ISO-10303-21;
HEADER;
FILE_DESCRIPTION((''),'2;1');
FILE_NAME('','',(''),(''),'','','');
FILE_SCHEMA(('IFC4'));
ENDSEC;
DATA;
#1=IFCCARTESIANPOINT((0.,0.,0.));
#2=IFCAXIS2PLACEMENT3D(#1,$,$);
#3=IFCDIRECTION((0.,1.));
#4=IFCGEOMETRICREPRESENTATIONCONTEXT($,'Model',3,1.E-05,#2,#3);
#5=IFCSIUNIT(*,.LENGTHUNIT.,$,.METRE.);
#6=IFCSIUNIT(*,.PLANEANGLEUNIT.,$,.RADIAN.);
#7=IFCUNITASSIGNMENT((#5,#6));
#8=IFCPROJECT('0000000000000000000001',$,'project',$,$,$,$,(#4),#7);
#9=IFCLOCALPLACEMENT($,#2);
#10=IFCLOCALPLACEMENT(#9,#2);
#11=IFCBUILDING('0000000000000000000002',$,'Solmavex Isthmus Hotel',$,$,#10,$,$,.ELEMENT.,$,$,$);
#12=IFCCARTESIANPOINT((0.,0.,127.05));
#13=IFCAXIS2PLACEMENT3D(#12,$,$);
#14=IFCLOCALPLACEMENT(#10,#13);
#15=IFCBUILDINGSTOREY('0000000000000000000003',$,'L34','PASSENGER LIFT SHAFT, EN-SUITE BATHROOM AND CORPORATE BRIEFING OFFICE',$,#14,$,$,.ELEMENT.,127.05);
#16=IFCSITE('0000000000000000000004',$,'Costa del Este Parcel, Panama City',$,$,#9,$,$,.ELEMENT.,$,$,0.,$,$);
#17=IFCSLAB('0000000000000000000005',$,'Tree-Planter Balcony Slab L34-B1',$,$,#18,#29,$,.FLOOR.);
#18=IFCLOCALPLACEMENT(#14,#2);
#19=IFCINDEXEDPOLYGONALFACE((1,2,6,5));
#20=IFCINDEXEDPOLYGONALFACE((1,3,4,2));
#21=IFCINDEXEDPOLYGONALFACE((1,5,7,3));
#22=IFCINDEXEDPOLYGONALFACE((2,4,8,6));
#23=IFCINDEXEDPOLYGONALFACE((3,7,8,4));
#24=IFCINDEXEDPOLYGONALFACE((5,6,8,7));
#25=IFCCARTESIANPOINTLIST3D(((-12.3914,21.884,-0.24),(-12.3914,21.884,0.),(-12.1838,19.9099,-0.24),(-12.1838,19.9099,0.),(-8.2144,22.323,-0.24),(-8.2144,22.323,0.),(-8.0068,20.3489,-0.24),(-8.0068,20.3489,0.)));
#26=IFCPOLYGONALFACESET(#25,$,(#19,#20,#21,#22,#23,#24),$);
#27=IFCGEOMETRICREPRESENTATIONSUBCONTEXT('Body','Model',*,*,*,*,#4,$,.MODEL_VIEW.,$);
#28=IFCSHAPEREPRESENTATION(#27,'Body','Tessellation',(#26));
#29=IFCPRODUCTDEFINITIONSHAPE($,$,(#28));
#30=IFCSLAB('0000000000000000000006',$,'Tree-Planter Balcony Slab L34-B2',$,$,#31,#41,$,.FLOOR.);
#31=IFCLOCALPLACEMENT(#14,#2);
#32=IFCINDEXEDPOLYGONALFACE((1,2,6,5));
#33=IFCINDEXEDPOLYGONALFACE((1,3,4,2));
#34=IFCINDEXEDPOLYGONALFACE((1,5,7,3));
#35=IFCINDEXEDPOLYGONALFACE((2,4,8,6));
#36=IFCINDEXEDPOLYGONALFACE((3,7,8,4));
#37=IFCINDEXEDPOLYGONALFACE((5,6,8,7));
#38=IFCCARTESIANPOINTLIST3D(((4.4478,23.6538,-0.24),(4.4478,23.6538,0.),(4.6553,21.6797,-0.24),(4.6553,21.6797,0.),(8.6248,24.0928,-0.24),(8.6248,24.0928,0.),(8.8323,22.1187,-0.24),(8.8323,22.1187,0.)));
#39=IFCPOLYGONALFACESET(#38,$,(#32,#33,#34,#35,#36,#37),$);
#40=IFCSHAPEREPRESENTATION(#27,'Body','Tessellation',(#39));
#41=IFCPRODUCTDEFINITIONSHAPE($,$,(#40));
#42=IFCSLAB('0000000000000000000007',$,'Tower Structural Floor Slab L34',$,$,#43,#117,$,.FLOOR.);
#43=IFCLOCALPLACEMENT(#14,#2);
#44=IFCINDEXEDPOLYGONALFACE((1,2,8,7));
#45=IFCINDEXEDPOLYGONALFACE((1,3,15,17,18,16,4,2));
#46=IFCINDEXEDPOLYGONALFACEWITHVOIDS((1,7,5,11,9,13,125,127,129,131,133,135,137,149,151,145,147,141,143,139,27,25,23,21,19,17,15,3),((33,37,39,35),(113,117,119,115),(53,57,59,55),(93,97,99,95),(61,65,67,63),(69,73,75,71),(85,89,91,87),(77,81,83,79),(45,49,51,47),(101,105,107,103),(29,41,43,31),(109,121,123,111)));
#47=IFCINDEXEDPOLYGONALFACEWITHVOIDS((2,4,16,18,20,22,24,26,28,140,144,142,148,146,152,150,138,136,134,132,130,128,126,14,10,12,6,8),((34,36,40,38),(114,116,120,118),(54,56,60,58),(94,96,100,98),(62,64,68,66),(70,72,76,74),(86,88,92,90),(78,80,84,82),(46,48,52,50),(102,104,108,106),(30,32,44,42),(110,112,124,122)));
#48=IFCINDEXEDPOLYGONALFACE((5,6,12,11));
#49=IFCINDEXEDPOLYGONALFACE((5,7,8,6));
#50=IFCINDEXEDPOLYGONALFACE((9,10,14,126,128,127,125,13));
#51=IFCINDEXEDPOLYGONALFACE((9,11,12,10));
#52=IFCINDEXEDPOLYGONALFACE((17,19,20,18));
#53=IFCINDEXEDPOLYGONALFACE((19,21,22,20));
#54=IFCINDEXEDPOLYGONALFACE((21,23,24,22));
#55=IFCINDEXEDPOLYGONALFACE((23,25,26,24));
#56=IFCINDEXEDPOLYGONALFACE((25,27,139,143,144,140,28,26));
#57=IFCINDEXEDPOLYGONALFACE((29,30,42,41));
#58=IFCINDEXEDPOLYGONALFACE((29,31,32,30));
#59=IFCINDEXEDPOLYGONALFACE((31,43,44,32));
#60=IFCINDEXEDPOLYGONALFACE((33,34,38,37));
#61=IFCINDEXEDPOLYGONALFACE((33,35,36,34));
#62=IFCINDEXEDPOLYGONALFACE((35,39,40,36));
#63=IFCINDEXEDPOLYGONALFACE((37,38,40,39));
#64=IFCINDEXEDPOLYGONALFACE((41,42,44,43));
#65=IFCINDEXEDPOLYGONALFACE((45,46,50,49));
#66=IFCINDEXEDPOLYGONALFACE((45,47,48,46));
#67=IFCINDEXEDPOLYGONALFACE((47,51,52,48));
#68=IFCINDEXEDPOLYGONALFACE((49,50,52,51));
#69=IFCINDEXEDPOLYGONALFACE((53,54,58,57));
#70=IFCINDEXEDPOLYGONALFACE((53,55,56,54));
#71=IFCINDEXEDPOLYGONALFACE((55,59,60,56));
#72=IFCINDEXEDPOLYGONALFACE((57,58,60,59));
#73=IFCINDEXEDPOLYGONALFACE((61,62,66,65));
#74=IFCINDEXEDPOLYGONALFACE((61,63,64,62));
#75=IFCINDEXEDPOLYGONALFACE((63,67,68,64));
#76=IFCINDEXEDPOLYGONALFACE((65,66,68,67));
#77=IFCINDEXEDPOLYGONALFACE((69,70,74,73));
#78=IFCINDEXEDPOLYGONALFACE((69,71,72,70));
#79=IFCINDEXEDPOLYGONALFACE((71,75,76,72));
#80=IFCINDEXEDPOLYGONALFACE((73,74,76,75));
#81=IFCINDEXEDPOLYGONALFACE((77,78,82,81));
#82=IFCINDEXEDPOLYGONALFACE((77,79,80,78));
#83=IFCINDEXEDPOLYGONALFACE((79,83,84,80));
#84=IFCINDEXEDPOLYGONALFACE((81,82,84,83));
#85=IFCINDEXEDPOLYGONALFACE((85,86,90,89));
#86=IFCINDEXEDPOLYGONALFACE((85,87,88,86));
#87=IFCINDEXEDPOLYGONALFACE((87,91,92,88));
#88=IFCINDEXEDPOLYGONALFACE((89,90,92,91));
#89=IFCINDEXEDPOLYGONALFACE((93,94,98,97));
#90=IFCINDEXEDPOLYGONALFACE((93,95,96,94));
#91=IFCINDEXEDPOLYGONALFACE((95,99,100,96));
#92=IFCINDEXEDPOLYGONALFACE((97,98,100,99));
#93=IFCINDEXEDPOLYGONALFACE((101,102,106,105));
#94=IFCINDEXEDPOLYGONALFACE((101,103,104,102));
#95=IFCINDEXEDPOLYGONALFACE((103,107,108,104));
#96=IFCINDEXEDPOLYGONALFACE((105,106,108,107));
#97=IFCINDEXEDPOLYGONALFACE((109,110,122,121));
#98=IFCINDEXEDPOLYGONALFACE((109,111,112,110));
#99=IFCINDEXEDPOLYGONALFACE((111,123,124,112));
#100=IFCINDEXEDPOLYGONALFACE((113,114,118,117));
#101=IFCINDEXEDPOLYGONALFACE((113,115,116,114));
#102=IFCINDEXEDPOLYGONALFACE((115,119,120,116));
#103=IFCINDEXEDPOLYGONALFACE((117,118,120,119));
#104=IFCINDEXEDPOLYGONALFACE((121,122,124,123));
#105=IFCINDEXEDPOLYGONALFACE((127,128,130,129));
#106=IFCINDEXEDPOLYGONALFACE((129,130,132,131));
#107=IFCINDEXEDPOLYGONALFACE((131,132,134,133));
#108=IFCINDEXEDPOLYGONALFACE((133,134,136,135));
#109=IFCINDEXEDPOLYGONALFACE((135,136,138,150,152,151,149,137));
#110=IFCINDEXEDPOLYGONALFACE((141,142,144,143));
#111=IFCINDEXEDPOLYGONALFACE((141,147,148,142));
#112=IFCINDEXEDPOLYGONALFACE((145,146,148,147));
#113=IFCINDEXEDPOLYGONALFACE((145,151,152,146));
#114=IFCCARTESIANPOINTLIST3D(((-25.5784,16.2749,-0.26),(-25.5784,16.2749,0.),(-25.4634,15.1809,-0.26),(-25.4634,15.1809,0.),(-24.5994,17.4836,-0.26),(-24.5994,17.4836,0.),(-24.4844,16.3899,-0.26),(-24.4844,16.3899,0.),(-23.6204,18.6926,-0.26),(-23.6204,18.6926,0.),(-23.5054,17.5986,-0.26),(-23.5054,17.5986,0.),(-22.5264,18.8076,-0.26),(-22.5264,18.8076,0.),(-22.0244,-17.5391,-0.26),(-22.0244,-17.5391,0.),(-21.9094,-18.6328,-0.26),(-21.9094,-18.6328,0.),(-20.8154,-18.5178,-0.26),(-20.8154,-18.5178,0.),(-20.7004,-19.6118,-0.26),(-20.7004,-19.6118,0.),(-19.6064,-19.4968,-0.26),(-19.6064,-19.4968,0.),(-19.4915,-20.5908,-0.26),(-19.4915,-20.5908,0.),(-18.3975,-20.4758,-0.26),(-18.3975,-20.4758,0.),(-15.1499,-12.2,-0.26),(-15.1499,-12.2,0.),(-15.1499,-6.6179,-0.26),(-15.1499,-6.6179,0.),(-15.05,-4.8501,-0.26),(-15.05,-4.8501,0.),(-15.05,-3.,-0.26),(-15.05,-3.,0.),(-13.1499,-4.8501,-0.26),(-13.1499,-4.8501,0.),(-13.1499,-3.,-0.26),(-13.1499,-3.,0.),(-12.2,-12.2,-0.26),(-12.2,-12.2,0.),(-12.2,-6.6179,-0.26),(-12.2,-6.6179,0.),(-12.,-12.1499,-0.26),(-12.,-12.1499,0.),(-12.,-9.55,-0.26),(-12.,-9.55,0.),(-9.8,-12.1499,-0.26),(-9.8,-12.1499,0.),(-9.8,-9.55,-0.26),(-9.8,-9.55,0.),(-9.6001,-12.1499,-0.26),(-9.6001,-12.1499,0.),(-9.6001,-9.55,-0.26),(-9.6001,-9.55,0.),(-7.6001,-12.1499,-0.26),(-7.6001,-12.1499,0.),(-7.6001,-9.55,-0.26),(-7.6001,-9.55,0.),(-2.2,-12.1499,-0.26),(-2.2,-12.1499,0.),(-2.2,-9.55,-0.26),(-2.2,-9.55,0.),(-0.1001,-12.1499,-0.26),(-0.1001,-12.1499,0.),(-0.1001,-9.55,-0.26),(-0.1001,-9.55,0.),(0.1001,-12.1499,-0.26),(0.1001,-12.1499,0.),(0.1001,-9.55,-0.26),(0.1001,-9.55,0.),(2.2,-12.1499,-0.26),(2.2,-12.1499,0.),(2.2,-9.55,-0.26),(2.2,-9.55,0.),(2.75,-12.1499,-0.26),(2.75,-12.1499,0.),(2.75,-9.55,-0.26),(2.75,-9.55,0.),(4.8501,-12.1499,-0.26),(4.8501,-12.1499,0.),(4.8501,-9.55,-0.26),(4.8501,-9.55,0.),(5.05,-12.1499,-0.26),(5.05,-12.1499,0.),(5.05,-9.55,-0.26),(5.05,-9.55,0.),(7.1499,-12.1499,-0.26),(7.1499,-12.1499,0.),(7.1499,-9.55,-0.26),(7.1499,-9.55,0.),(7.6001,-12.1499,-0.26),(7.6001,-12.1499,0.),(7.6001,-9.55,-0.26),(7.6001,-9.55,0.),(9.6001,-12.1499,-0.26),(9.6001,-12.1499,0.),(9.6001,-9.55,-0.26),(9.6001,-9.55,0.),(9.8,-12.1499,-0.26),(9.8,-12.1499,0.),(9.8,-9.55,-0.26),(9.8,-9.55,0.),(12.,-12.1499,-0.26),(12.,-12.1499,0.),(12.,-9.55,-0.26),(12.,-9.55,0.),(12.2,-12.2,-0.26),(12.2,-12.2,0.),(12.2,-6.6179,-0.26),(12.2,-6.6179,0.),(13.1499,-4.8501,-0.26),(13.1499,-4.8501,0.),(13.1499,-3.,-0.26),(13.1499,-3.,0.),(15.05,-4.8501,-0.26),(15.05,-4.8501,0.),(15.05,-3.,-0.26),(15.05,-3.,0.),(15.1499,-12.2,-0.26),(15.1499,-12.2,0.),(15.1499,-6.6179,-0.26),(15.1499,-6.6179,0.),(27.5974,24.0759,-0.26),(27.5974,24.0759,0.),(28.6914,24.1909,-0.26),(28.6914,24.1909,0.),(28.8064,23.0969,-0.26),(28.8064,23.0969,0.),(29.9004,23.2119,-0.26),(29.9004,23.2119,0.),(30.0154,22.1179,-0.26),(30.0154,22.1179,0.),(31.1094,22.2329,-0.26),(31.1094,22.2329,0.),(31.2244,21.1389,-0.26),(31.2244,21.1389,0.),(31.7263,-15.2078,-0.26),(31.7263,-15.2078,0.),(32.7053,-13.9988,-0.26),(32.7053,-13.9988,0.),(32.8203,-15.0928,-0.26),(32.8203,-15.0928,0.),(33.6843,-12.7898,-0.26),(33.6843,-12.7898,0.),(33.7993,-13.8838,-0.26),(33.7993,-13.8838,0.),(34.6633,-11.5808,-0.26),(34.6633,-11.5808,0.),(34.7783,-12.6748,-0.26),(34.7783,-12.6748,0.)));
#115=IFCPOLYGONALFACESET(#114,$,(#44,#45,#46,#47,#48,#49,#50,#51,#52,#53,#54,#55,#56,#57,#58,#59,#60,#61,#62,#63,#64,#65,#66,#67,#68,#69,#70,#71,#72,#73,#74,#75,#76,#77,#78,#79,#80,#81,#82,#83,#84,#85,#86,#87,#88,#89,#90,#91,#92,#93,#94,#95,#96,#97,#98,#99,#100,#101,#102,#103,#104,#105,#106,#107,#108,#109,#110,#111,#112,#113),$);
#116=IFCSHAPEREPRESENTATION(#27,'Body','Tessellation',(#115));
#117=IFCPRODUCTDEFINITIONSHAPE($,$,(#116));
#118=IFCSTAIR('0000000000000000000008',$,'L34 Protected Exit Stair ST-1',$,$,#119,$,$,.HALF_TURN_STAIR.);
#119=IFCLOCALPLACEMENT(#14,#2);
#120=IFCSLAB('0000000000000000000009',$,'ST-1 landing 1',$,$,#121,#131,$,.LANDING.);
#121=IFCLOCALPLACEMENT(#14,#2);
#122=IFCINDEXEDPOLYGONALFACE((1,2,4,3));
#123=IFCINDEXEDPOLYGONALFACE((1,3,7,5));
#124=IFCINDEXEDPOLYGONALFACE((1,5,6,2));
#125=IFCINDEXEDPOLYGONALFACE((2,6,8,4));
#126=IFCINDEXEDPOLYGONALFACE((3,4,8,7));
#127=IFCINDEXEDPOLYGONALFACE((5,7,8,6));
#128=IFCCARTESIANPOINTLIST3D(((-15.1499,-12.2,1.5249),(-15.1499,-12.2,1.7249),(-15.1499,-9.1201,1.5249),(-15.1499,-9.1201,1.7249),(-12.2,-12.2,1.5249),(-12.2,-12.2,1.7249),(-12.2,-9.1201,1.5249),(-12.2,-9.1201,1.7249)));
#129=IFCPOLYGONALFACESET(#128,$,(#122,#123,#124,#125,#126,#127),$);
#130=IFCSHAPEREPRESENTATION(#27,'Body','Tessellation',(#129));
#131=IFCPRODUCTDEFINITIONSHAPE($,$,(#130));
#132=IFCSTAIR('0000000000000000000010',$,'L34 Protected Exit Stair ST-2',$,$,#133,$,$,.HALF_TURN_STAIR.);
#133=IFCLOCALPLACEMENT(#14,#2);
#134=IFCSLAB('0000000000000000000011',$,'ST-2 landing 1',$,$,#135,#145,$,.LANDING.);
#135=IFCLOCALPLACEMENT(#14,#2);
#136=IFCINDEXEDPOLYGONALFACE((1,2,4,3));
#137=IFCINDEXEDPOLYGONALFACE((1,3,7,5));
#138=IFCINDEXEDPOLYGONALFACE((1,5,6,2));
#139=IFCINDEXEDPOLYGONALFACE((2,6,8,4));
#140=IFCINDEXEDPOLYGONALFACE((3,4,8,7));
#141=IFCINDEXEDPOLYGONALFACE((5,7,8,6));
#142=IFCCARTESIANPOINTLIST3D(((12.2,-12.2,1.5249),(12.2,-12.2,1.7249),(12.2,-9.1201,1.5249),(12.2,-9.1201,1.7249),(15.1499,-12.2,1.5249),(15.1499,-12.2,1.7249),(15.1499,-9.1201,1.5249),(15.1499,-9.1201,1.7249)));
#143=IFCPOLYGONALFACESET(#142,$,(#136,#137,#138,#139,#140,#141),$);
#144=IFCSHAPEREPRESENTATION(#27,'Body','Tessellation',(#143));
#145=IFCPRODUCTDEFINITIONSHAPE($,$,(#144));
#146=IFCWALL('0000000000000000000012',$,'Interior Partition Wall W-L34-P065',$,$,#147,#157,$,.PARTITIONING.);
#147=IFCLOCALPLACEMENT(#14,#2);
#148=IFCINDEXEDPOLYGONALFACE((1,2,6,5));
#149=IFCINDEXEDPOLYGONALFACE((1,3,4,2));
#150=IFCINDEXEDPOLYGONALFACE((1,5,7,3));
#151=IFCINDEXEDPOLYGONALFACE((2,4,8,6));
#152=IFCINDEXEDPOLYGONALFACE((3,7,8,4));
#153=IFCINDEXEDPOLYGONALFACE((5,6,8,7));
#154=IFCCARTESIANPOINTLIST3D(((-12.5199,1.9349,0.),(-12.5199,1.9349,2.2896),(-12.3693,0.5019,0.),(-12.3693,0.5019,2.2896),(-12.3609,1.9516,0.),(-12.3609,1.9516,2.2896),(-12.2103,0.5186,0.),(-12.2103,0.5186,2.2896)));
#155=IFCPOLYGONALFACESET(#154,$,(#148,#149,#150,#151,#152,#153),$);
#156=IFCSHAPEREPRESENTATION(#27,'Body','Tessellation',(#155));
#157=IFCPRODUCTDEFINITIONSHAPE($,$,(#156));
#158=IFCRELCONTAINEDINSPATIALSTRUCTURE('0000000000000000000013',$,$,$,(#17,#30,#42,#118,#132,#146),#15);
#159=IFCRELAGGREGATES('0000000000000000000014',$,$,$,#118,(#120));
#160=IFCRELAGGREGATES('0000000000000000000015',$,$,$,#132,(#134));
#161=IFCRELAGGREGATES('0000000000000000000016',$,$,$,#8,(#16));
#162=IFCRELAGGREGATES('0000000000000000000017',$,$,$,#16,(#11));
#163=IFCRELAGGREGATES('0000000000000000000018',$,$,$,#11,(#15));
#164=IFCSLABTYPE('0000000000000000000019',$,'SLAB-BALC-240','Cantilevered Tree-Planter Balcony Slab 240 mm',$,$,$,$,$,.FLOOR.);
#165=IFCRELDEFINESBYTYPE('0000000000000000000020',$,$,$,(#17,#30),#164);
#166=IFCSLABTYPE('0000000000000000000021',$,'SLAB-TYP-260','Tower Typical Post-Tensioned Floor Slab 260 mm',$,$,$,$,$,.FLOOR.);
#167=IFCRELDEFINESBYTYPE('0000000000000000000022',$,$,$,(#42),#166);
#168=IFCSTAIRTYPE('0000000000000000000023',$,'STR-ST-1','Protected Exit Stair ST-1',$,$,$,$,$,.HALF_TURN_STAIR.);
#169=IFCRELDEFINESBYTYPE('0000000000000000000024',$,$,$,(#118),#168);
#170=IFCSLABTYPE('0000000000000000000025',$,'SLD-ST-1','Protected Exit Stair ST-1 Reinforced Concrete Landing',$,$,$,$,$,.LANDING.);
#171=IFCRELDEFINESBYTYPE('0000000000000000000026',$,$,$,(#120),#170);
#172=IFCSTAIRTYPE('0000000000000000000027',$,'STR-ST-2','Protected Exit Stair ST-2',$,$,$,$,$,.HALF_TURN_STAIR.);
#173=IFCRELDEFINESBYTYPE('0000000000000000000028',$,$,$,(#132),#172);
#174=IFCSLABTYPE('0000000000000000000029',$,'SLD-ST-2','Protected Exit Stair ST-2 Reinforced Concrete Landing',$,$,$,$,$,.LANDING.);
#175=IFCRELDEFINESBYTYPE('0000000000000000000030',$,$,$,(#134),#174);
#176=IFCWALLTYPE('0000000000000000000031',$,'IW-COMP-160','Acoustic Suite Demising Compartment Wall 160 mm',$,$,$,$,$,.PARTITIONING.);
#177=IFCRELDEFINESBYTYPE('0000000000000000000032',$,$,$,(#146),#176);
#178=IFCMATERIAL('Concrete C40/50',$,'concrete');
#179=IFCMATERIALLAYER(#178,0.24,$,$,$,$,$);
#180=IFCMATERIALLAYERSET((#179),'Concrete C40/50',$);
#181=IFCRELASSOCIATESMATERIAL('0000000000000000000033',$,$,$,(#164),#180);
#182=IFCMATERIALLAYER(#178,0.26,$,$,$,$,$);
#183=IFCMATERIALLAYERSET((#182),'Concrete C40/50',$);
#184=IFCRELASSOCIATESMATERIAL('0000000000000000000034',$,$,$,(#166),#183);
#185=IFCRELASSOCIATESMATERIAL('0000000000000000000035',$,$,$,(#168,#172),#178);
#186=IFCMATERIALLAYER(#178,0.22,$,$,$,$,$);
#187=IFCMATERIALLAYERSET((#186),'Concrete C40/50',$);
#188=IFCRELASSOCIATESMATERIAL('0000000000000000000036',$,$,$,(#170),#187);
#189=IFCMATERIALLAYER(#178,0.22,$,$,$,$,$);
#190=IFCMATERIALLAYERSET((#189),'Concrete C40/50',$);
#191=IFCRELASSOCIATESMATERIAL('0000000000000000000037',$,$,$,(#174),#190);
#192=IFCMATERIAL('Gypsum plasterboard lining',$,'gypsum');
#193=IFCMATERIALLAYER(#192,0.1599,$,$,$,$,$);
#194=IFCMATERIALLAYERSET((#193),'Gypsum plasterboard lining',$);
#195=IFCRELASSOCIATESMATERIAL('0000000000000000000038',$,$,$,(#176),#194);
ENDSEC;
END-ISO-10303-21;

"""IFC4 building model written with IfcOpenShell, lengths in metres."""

from ifc_helpers import new_model, si_unit, direction, frame, frame_2d, origin, place, context, subcontext, project, spatial, polyline, rectangle, outline, extrude, material, layer, layer_set, type_object, element, aggregate, save


model = new_model("IFC4")

# Units and contexts
model_context = context("Model", 3, precision=1e-05, world=origin(), true_north=direction((0.0, 1.0)))
body_context = subcontext(model_context, "Body", "Model", "MODEL_VIEW")
ifc_project = project(units=[si_unit("LENGTHUNIT", "METRE"), si_unit("PLANEANGLEUNIT", "RADIAN")], contexts=[model_context])

# Site, building, storey
site_placement = place(None, origin())
site = spatial("IfcSite", under=ifc_project, at=site_placement, Name="Costa del Este Parcel, Panama City", CompositionType="ELEMENT", RefElevation=0.0)
building_placement = place(site_placement, origin())
building = spatial("IfcBuilding", under=site, at=building_placement, Name="Solmavex Isthmus Hotel", CompositionType="ELEMENT")
storey_placement = place(building_placement, frame((0.0, 0.0, 127.05)))
storey = spatial("IfcBuildingStorey", under=building, at=storey_placement, Name="L34", Description="PASSENGER LIFT SHAFT, EN-SUITE BATHROOM AND CORPORATE BRIEFING OFFICE", CompositionType="ELEMENT", Elevation=127.05)

# Slabs
ifc_material_1 = material(Name="Concrete C40/50", Category="concrete")
ifc_layer_1 = layer(ifc_material_1, 0.24)
ifc_layer_set_1 = layer_set([ifc_layer_1], Name="Concrete C40/50")
slab_type_1 = type_object("IfcSlabType", Name="SLAB-BALC-240", Description="Cantilevered Tree-Planter Balcony Slab 240 mm", PredefinedType="FLOOR", material=ifc_layer_set_1)
slab_1_placement = place(storey_placement, frame((0.0, 0.0, -0.24)))
element("IfcSlab", 1, at=slab_1_placement, inside=storey, type_object=slab_type_1, Name="Tree-Planter Balcony Slab L34-B1", PredefinedType="FLOOR", context=body_context, shape_type="SweptSolid", body=[
    extrude(outline(polyline([(-12.1838, 19.9099), (-8.0068, 20.3489), (-8.2144, 22.323), (-12.3914, 21.884), (-12.1838, 19.9099)])), origin(), (0.0, 0.0, 1.0), 0.24),
])
slab_2_placement = place(storey_placement, frame((0.0, 0.0, -0.24)))
element("IfcSlab", 2, at=slab_2_placement, inside=storey, type_object=slab_type_1, Name="Tree-Planter Balcony Slab L34-B2", PredefinedType="FLOOR", context=body_context, shape_type="SweptSolid", body=[
    extrude(outline(polyline([(4.6553, 21.6797), (8.8323, 22.1187), (8.6248, 24.0928), (4.4478, 23.6538), (4.6553, 21.6797)])), origin(), (0.0, 0.0, 1.0), 0.24),
])
ifc_layer_2 = layer(ifc_material_1, 0.26)
ifc_layer_set_2 = layer_set([ifc_layer_2], Name="Concrete C40/50")
slab_type_2 = type_object("IfcSlabType", Name="SLAB-TYP-260", Description="Tower Typical Post-Tensioned Floor Slab 260 mm", PredefinedType="FLOOR", material=ifc_layer_set_2)
slab_3_placement = place(storey_placement, frame((0.0, 0.0, -0.26)))
element("IfcSlab", 3, at=slab_3_placement, inside=storey, type_object=slab_type_2, Name="Tower Structural Floor Slab L34", PredefinedType="FLOOR", context=body_context, shape_type="SweptSolid", body=[
    extrude(outline(polyline([(-18.3975, -20.4758), (31.7263, -15.2078), (32.8203, -15.0928), (32.7053, -13.9988), (33.7993, -13.8838), (33.6843, -12.7898), (34.7783, -12.6748), (34.6633, -11.5808), (31.2244, 21.1389), (31.1094, 22.2329), (30.0154, 22.1179), (29.9004, 23.2119), (28.8064, 23.0969), (28.6914, 24.1909), (27.5974, 24.0759), (-22.5264, 18.8076), (-23.6204, 18.6926), (-23.5054, 17.5986), (-24.5994, 17.4836), (-24.4844, 16.3899), (-25.5784, 16.2749), (-25.4634, 15.1809), (-22.0244, -17.5391), (-21.9094, -18.6328), (-20.8154, -18.5178), (-20.7004, -19.6118), (-19.6064, -19.4968), (-19.4915, -20.5908), (-18.3975, -20.4758)]), holes=[polyline([(-15.1499, -6.6179), (-15.1499, -12.2), (-12.2, -12.2), (-12.2, -6.6179), (-15.1499, -6.6179)]), polyline([(12.2, -6.6179), (12.2, -12.2), (15.1499, -12.2), (15.1499, -6.6179), (12.2, -6.6179)]), polyline([(-12.0, -12.1499), (-9.8, -12.1499), (-9.8, -9.55), (-12.0, -9.55), (-12.0, -12.1499)]), polyline([(9.8, -12.1499), (12.0, -12.1499), (12.0, -9.55), (9.8, -9.55), (9.8, -12.1499)]), polyline([(-9.6001, -12.1499), (-7.6001, -12.1499), (-7.6001, -9.55), (-9.6001, -9.55), (-9.6001, -12.1499)]), polyline([(7.6001, -12.1499), (9.6001, -12.1499), (9.6001, -9.55), (7.6001, -9.55), (7.6001, -12.1499)]), polyline([(-2.2, -12.1499), (-0.1001, -12.1499), (-0.1001, -9.55), (-2.2, -9.55), (-2.2, -12.1499)]), polyline([(0.1001, -12.1499), (2.2, -12.1499), (2.2, -9.55), (0.1001, -9.55), (0.1001, -12.1499)]), polyline([(2.75, -12.1499), (4.8501, -12.1499), (4.8501, -9.55), (2.75, -9.55), (2.75, -12.1499)]), polyline([(5.05, -12.1499), (7.1499, -12.1499), (7.1499, -9.55), (5.05, -9.55), (5.05, -12.1499)]), polyline([(-15.05, -4.8501), (-13.1499, -4.8501), (-13.1499, -3.0), (-15.05, -3.0), (-15.05, -4.8501)]), polyline([(13.1499, -4.8501), (15.05, -4.8501), (15.05, -3.0), (13.1499, -3.0), (13.1499, -4.8501)])]), origin(), (0.0, 0.0, 1.0), 0.26),
])

# Stairs, slabs
stair_type_1 = type_object("IfcStairType", Name="STR-ST-1", Description="Protected Exit Stair ST-1", PredefinedType="HALF_TURN_STAIR", material=ifc_material_1)
stair_1_placement = place(storey_placement, origin())
stair_1 = element("IfcStair", 4, at=stair_1_placement, inside=storey, type_object=stair_type_1, Name="L34 Protected Exit Stair ST-1", PredefinedType="HALF_TURN_STAIR")
ifc_layer_3 = layer(ifc_material_1, 0.22)
ifc_layer_set_3 = layer_set([ifc_layer_3], Name="Concrete C40/50")
slab_type_3 = type_object("IfcSlabType", Name="SLD-ST-1", Description="Protected Exit Stair ST-1 Reinforced Concrete Landing", PredefinedType="LANDING", material=ifc_layer_set_3)
slab_4_placement = place(storey_placement, frame((0.0, 0.0, 1.5249)))
slab_4 = element("IfcSlab", 5, at=slab_4_placement, type_object=slab_type_3, Name="ST-1 landing 1", PredefinedType="LANDING", context=body_context, shape_type="SweptSolid", body=[
    extrude(outline(polyline([(-15.1499, -9.1201), (-15.1499, -12.2), (-12.2, -12.2), (-12.2, -9.1201), (-15.1499, -9.1201)])), origin(), (0.0, 0.0, 1.0), 0.2),
])
aggregate(stair_1, [slab_4])
stair_type_2 = type_object("IfcStairType", Name="STR-ST-2", Description="Protected Exit Stair ST-2", PredefinedType="HALF_TURN_STAIR", material=ifc_material_1)
stair_2_placement = place(storey_placement, origin())
stair_2 = element("IfcStair", 6, at=stair_2_placement, inside=storey, type_object=stair_type_2, Name="L34 Protected Exit Stair ST-2", PredefinedType="HALF_TURN_STAIR")
ifc_layer_4 = layer(ifc_material_1, 0.22)
ifc_layer_set_4 = layer_set([ifc_layer_4], Name="Concrete C40/50")
slab_type_4 = type_object("IfcSlabType", Name="SLD-ST-2", Description="Protected Exit Stair ST-2 Reinforced Concrete Landing", PredefinedType="LANDING", material=ifc_layer_set_4)
slab_5_placement = place(storey_placement, frame((0.0, 0.0, 1.5249)))
slab_5 = element("IfcSlab", 7, at=slab_5_placement, type_object=slab_type_4, Name="ST-2 landing 1", PredefinedType="LANDING", context=body_context, shape_type="SweptSolid", body=[
    extrude(outline(polyline([(12.2, -9.1201), (12.2, -12.2), (15.1499, -12.2), (15.1499, -9.1201), (12.2, -9.1201)])), origin(), (0.0, 0.0, 1.0), 0.2),
])
aggregate(stair_2, [slab_5])

# Wall
ifc_material_2 = material(Name="Gypsum plasterboard lining", Category="gypsum")
ifc_layer_5 = layer(ifc_material_2, 0.1599)
ifc_layer_set_5 = layer_set([ifc_layer_5], Name="Gypsum plasterboard lining")
wall_type_1 = type_object("IfcWallType", Name="IW-COMP-160", Description="Acoustic Suite Demising Compartment Wall 160 mm", PredefinedType="PARTITIONING", material=ifc_layer_set_5)
wall_1_placement = place(storey_placement, frame((-12.2898, 0.5103, 0.0), z_axis=(0.0, 0.0, 1.0), x_axis=(-0.104535, 0.994521, 0.0)))
element("IfcWall", 8, at=wall_1_placement, inside=storey, type_object=wall_type_1, Name="Interior Partition Wall W-L34-P065", PredefinedType="PARTITIONING", context=body_context, shape_type="SweptSolid", body=[
    extrude(rectangle(XDim=1.4409, YDim=0.1599, at=frame_2d((0.7205, 0.0))), origin(), (0.0, 0.0, 1.0), 2.2896),
])

save(model, "model.ifc")
